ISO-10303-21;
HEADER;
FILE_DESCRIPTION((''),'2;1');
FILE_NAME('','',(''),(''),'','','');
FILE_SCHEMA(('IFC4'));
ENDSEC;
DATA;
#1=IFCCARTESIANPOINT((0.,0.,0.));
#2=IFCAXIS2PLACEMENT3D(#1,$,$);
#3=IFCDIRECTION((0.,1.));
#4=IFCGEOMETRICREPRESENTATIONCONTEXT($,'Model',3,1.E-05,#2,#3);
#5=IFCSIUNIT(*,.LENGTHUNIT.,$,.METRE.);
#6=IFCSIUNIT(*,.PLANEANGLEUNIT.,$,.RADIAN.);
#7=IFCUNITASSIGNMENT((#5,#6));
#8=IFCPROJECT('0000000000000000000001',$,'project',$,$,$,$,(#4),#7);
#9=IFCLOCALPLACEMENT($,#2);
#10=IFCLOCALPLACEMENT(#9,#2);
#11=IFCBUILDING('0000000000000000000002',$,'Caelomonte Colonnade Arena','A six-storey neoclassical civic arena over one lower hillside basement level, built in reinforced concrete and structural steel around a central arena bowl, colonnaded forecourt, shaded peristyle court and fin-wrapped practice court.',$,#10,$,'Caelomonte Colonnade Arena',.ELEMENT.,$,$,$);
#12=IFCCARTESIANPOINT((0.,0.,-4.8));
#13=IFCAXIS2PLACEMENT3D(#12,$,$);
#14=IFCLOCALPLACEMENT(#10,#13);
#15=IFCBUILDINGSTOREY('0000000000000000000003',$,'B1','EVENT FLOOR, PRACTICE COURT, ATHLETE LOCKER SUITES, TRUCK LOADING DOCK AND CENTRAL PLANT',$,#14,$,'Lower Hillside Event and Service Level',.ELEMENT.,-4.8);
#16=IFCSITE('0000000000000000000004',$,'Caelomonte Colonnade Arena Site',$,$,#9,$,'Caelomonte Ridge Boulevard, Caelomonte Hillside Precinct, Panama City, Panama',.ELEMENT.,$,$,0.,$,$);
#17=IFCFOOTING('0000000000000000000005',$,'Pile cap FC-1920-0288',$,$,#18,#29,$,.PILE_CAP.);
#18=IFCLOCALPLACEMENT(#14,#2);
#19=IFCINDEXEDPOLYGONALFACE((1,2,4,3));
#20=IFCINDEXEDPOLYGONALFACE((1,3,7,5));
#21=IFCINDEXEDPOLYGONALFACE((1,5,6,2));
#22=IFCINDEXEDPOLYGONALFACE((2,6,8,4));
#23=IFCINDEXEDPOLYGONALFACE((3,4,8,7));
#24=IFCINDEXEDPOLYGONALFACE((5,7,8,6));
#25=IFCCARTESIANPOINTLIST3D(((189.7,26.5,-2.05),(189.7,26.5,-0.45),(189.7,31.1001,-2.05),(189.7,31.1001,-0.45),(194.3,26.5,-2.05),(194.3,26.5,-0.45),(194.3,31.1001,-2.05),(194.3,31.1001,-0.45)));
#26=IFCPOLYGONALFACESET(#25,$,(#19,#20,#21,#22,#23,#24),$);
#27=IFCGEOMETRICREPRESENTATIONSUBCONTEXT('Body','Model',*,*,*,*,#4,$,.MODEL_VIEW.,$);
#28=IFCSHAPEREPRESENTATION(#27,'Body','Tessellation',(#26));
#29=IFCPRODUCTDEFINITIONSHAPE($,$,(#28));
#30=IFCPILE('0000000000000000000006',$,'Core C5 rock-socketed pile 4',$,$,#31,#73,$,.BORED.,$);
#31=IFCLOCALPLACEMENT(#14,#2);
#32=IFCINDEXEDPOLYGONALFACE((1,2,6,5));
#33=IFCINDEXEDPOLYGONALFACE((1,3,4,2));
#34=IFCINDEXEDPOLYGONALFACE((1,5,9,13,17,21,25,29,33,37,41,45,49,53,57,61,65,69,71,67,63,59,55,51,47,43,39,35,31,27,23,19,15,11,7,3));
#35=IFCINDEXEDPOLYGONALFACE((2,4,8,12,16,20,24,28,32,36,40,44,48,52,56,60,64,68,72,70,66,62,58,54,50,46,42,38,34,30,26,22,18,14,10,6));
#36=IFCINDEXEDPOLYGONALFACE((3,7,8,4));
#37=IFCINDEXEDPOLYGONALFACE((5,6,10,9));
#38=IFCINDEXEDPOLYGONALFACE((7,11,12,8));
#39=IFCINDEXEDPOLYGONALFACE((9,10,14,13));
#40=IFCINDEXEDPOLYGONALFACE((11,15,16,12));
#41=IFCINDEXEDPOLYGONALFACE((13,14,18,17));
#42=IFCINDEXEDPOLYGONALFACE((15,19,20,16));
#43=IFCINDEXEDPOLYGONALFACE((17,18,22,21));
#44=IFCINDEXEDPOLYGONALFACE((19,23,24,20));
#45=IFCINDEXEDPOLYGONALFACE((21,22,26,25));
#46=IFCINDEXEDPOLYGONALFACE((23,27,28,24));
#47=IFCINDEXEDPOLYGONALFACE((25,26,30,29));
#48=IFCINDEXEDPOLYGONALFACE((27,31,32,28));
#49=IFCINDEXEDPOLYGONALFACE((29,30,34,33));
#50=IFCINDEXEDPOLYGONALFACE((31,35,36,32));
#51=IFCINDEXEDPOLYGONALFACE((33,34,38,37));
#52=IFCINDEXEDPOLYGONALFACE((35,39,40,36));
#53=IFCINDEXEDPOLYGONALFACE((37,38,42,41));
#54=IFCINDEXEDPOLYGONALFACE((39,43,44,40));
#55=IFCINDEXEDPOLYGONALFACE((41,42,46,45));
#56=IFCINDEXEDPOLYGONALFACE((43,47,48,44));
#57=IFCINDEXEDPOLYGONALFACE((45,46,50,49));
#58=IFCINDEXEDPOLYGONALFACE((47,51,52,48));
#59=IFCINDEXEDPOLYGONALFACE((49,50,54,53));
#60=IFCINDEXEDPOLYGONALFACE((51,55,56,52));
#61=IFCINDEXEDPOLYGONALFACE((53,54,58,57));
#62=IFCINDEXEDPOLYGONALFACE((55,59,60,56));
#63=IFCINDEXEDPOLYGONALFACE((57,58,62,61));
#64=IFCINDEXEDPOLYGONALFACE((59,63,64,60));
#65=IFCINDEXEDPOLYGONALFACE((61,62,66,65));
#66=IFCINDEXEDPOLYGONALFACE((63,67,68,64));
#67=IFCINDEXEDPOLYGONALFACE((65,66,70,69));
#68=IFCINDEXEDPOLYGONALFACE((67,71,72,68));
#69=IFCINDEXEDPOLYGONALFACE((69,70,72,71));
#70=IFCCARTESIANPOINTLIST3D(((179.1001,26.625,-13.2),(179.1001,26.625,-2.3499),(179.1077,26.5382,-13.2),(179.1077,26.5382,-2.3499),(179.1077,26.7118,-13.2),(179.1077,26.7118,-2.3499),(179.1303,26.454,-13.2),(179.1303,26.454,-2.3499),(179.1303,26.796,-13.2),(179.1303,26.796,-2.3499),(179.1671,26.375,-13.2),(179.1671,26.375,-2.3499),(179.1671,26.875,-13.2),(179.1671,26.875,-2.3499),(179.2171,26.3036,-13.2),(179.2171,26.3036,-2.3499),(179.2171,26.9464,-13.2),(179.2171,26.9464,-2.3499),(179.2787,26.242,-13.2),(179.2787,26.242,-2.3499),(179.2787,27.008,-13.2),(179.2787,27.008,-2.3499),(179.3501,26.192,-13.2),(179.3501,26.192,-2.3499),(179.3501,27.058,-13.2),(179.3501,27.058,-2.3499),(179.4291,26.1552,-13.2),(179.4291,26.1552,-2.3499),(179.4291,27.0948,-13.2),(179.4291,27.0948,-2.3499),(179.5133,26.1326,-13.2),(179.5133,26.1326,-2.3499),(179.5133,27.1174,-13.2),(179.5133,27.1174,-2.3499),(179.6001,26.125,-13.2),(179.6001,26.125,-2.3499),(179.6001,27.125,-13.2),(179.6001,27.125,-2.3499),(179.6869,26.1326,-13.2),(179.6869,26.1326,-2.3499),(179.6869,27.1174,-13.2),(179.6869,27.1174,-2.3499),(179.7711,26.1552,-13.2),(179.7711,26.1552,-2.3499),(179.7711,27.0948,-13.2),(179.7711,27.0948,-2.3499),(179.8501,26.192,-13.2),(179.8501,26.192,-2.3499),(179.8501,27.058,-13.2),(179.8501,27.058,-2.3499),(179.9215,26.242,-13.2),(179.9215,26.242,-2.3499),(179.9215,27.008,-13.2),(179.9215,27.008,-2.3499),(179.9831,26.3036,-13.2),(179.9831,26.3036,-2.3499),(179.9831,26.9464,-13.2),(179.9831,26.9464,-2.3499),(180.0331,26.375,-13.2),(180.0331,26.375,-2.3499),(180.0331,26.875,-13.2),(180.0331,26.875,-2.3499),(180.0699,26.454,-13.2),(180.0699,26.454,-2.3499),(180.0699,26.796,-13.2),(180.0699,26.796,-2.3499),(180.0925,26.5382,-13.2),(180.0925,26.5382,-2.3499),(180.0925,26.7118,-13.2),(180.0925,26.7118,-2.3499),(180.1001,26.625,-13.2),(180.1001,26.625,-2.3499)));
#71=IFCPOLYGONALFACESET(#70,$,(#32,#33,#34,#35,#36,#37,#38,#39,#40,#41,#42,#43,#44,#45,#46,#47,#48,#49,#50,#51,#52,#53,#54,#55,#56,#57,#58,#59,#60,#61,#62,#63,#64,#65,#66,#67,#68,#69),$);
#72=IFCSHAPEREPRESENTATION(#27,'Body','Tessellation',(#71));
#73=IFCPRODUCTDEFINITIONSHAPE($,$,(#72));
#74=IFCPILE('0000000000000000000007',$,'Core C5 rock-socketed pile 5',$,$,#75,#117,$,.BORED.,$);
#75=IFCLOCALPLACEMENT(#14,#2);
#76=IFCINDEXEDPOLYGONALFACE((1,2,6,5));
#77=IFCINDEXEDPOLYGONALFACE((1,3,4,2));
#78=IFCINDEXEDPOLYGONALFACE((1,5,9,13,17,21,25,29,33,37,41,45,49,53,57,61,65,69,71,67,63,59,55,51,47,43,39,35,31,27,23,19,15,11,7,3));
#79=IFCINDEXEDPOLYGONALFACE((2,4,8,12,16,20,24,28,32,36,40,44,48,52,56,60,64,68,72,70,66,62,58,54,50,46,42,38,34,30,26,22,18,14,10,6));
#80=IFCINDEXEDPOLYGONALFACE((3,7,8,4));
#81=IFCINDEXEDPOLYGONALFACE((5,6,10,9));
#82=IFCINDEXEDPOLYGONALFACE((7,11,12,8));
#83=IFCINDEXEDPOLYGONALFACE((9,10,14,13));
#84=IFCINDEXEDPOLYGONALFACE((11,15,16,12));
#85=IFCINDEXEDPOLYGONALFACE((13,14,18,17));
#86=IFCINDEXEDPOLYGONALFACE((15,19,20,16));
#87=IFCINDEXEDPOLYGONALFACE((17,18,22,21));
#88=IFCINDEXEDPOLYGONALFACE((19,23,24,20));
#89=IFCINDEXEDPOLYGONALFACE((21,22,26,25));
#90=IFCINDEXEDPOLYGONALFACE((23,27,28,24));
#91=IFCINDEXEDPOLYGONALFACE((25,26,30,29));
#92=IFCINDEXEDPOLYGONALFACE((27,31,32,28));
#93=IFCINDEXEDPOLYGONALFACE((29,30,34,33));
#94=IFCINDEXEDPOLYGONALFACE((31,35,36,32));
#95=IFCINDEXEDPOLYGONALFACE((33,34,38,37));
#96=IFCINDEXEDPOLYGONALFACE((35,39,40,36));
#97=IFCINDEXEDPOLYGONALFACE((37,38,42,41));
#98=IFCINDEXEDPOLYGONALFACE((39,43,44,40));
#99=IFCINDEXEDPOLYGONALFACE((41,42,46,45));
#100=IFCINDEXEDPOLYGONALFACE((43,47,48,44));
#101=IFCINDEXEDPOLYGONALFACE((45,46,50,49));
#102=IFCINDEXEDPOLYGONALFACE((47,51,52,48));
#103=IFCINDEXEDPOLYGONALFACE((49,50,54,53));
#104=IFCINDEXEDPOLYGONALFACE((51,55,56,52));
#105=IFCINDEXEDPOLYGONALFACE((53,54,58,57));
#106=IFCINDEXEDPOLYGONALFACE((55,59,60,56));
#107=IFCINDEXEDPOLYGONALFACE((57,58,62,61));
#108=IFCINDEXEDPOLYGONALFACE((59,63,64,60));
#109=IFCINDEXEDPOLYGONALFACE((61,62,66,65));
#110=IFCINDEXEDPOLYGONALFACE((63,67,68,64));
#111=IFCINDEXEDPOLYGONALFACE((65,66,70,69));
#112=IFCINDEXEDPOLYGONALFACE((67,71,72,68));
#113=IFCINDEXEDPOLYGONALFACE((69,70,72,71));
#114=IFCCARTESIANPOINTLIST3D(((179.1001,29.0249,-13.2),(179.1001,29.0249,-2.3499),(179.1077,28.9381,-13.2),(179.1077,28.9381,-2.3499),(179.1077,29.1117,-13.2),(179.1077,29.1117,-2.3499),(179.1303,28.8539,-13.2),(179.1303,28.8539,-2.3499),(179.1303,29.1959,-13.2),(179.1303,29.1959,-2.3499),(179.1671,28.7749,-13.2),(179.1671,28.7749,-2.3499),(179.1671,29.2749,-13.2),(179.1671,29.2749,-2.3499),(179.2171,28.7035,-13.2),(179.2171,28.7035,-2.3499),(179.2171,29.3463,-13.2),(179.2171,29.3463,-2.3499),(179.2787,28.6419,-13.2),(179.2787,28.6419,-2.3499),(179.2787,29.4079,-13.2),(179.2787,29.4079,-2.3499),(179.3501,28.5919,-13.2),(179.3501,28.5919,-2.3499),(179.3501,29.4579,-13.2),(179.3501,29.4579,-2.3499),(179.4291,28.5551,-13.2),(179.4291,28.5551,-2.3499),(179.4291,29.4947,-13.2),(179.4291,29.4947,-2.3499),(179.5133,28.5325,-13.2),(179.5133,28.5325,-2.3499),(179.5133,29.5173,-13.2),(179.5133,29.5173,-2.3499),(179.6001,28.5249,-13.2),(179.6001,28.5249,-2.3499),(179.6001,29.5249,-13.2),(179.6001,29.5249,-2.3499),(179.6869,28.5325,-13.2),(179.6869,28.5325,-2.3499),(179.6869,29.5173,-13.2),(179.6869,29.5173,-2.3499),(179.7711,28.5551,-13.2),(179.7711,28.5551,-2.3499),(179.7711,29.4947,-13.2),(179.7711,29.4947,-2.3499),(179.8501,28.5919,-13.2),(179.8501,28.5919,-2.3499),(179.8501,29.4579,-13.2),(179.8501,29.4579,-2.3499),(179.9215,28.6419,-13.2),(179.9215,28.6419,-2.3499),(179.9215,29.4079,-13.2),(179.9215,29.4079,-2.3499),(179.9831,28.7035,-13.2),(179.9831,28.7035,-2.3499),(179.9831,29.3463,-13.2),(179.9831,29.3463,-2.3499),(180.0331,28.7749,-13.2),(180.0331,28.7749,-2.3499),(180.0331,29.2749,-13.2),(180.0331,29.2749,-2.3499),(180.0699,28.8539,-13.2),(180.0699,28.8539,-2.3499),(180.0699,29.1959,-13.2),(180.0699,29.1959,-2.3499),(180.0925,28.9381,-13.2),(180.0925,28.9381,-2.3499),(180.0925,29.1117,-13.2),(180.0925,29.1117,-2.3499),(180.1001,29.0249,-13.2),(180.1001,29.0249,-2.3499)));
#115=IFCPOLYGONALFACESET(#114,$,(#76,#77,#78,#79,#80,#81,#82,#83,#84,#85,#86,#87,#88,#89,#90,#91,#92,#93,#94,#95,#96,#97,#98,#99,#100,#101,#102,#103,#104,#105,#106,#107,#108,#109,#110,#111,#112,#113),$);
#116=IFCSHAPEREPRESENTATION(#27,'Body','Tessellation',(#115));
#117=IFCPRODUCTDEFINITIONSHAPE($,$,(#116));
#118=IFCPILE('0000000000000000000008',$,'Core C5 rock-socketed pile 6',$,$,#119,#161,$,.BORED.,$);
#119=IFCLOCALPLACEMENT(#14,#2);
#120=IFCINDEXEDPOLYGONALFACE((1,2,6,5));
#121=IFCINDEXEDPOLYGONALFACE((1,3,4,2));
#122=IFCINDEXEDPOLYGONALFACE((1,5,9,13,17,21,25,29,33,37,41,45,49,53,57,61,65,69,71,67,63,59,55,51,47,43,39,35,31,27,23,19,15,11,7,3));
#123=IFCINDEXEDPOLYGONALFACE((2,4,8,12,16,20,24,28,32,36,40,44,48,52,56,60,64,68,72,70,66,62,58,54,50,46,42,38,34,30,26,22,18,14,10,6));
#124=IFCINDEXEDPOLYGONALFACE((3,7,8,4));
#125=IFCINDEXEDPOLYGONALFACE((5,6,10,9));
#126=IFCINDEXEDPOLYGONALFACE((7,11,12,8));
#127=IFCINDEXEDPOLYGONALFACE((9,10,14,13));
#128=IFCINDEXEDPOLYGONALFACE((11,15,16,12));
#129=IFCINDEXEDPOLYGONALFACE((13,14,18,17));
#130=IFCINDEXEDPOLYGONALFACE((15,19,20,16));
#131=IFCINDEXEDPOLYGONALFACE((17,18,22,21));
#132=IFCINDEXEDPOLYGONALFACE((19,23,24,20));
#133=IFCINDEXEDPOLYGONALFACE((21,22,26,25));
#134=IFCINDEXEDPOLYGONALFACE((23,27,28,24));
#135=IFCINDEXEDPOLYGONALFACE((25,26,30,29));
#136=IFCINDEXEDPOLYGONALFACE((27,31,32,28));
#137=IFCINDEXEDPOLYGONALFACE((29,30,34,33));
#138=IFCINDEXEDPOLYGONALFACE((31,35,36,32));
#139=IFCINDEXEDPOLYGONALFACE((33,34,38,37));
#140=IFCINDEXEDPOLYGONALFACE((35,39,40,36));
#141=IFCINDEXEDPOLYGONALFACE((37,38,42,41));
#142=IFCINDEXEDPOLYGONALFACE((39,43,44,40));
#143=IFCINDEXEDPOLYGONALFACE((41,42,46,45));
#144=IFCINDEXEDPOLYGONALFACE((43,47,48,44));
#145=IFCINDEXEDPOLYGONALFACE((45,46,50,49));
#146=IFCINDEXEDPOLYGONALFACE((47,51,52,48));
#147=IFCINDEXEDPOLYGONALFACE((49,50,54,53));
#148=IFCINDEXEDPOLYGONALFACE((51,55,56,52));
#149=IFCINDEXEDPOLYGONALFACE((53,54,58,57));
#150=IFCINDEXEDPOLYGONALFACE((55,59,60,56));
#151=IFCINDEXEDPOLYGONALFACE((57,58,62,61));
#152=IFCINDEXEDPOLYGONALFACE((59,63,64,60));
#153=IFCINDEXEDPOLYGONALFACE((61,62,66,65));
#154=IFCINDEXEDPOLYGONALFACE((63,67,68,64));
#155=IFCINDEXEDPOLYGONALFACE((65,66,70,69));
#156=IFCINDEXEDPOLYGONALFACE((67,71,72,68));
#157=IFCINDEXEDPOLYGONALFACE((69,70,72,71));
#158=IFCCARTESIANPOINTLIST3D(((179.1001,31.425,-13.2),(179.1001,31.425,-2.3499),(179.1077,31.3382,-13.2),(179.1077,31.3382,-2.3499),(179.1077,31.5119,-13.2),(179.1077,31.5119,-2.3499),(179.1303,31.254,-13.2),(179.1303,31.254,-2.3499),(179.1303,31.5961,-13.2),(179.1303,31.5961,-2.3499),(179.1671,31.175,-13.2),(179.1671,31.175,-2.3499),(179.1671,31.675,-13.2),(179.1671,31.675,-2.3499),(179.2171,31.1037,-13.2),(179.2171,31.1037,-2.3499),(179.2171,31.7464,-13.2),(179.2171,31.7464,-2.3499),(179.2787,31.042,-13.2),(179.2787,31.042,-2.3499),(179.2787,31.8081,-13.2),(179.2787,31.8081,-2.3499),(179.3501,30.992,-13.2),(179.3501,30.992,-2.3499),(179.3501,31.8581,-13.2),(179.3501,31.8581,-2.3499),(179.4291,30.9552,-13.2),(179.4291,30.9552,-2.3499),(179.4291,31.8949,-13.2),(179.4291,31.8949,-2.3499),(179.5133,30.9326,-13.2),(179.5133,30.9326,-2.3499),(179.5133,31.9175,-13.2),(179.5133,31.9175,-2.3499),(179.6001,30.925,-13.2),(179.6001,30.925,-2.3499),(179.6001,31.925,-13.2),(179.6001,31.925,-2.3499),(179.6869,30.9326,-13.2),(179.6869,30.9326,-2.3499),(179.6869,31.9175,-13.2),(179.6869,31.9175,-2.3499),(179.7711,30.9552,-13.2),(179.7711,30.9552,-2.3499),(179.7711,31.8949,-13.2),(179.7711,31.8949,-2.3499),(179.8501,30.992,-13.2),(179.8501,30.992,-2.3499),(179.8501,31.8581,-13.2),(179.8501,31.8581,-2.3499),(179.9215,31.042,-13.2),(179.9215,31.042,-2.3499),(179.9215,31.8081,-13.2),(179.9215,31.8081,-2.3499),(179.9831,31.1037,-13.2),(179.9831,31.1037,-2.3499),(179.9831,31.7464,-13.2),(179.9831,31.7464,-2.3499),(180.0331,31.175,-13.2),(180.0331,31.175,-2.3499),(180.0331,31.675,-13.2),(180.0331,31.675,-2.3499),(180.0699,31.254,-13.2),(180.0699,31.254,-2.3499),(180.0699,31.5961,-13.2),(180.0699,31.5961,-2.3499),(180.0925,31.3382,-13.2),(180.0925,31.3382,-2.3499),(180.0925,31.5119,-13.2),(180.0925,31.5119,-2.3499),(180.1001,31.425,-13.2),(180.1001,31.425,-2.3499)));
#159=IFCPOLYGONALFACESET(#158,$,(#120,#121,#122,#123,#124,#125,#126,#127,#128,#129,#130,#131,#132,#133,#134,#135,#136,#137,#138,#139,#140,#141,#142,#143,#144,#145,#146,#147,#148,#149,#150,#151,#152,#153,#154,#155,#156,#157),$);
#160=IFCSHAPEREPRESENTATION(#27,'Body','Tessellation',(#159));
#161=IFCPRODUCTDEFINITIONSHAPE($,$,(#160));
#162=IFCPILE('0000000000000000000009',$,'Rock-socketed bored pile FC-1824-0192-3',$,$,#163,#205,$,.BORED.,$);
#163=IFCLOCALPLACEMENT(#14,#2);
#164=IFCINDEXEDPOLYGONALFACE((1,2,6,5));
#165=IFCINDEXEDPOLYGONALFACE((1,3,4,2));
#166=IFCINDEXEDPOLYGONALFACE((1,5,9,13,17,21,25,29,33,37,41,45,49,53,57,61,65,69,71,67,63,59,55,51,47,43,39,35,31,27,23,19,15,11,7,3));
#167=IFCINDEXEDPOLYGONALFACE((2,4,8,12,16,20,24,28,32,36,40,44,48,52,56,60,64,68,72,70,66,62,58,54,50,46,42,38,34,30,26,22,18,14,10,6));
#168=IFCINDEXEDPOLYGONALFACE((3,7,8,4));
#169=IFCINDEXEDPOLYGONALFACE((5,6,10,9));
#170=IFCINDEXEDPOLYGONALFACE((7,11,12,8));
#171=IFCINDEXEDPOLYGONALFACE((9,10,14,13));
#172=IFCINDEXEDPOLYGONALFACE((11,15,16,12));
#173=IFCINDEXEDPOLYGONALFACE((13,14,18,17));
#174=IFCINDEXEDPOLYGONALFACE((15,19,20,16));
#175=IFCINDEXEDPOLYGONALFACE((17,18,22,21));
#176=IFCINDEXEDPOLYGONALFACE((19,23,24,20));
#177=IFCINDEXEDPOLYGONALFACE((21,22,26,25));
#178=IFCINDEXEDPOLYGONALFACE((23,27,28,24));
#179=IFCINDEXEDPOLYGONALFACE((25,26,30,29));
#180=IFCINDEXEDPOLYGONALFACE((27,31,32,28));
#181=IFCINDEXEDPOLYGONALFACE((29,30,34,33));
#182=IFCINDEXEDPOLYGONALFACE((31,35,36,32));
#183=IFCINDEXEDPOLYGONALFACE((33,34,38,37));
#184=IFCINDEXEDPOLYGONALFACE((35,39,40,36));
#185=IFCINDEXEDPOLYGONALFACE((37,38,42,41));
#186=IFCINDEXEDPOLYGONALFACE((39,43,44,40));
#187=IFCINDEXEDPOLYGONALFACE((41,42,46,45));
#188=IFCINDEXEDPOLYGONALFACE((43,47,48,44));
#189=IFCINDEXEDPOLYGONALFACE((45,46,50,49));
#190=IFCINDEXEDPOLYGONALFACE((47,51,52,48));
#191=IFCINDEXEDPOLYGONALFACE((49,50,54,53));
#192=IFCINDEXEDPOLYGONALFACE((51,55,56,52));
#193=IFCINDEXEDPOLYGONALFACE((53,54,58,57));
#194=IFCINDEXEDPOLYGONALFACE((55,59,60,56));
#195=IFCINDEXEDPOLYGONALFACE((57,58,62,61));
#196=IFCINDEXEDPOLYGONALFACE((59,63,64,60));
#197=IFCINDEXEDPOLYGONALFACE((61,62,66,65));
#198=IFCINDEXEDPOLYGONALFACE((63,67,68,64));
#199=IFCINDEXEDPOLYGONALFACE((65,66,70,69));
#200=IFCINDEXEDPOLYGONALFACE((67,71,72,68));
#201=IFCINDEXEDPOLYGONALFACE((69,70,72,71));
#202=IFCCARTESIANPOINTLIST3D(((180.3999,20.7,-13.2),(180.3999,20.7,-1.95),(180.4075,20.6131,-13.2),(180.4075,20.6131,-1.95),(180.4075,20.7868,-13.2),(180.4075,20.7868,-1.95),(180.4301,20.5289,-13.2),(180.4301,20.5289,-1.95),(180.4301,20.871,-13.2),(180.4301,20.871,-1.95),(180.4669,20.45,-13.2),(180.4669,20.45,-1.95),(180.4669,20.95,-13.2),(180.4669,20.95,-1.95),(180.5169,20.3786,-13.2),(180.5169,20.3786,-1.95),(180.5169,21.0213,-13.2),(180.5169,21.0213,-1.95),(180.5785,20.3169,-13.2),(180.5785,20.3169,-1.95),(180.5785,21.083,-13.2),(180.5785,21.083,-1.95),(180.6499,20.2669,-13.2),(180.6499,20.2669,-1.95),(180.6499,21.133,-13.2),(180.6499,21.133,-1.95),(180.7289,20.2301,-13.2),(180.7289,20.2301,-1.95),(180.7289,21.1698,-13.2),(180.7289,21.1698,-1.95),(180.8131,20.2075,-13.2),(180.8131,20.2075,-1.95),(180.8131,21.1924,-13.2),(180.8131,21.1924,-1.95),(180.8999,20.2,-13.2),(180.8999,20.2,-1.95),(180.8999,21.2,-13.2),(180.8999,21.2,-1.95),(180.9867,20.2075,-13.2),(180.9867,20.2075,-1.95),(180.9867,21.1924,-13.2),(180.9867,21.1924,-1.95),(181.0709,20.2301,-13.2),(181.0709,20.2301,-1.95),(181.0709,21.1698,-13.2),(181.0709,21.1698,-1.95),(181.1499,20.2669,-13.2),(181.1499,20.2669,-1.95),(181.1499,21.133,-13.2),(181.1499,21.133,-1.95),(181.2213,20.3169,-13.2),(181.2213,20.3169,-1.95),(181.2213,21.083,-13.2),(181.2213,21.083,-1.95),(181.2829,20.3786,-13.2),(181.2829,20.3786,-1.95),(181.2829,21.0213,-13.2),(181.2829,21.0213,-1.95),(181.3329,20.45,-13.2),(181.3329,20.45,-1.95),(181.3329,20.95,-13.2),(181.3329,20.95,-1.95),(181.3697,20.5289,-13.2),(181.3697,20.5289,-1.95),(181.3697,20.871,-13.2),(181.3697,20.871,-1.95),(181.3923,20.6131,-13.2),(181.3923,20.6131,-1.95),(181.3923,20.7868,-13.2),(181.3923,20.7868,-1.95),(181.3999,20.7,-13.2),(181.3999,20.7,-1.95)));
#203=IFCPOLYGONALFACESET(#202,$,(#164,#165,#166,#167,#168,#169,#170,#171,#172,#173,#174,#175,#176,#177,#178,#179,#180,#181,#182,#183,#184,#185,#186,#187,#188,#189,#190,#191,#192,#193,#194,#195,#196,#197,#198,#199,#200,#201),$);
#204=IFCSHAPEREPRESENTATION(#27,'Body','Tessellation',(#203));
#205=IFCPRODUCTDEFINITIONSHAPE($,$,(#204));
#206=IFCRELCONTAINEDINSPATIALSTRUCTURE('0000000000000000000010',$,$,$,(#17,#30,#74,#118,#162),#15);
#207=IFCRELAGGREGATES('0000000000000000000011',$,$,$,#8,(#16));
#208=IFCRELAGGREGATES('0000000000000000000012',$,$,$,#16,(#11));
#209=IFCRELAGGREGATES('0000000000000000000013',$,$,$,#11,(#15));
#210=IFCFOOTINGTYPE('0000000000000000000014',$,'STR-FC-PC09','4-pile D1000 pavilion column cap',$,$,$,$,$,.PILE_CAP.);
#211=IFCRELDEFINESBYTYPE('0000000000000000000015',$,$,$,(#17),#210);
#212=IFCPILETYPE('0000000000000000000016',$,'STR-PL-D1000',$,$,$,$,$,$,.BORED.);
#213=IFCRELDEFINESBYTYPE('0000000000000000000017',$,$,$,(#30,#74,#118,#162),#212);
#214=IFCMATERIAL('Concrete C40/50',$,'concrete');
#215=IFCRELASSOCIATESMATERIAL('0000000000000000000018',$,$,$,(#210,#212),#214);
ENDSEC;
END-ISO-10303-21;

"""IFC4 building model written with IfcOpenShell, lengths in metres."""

from ifc_helpers import new_model, si_unit, direction, frame, origin, origin_2d, place, context, subcontext, project, spatial, rectangle, circle, extrude, material, material_profile, profile_set, type_object, element, save


model = new_model("IFC4")

# Units and contexts
model_context = context("Model", 3, precision=1e-05, world=origin(), true_north=direction((0.0, 1.0)))
body_context = subcontext(model_context, "Body", "Model", "MODEL_VIEW")
ifc_project = project(units=[si_unit("LENGTHUNIT", "METRE"), si_unit("PLANEANGLEUNIT", "RADIAN")], contexts=[model_context])

# Site, building, storey
site_placement = place(None, origin())
site = spatial("IfcSite", under=ifc_project, at=site_placement, Name="Caelomonte Colonnade Arena Site", LongName="Caelomonte Ridge Boulevard, Caelomonte Hillside Precinct, Panama City, Panama", CompositionType="ELEMENT", RefElevation=0.0)
building_placement = place(site_placement, origin())
building = spatial("IfcBuilding", under=site, at=building_placement, Name="Caelomonte Colonnade Arena", Description="A six-storey neoclassical civic arena over one lower hillside basement level, built in reinforced concrete and structural steel around a central arena bowl, colonnaded forecourt, shaded peristyle court and fin-wrapped practice court.", LongName="Caelomonte Colonnade Arena", CompositionType="ELEMENT")
storey_placement = place(building_placement, frame((0.0, 0.0, -4.8)))
storey = spatial("IfcBuildingStorey", under=building, at=storey_placement, Name="B1", Description="EVENT FLOOR, PRACTICE COURT, ATHLETE LOCKER SUITES, TRUCK LOADING DOCK AND CENTRAL PLANT", LongName="Lower Hillside Event and Service Level", CompositionType="ELEMENT", Elevation=-4.8)

# Footing
ifc_material_1 = material(Name="Concrete C40/50", Category="concrete")
footing_type = type_object("IfcFootingType", Name="STR-FC-PC09", Description="4-pile D1000 pavilion column cap", PredefinedType="PILE_CAP", material=ifc_material_1)
footing_placement = place(storey_placement, frame((192.0, 28.8, -2.05), z_axis=(0.0, 0.0, 1.0), x_axis=(1.0, 0.0, 0.0)))
element("IfcFooting", 1, at=footing_placement, inside=storey, type_object=footing_type, Name="Pile cap FC-1920-0288", PredefinedType="PILE_CAP", context=body_context, shape_type="SweptSolid", body=[
    extrude(rectangle(XDim=4.6001, YDim=4.6001, at=origin_2d()), origin(), (0.0, 0.0, 1.0), 1.6001),
])

# Piles
ifc_material_profile_1 = material_profile(ifc_material_1, circle(Radius=0.5, at=origin_2d()), Name="PILE-D1000")
ifc_profile_set_1 = profile_set([ifc_material_profile_1], Name="Concrete C40/50")
pile_type = type_object("IfcPileType", Name="STR-PL-D1000", PredefinedType="BORED", material=ifc_profile_set_1)
for number, where, z_axis, x_axis, name in (
    (2, (179.6001, 26.625, -2.3499), (0.0, 0.0, -1.0), (1.0, 0.0, 0.0), "Core C5 rock-socketed pile 4"),
    (3, (179.6001, 29.0249, -2.3499), (0.0, 0.0, -1.0), (1.0, 0.0, 0.0), "Core C5 rock-socketed pile 5"),
    (4, (179.6001, 31.425, -2.3499), (0.0, 0.0, -1.0), (1.0, 0.0, 0.0), "Core C5 rock-socketed pile 6"),
):
    element("IfcPile", number, at=place(storey_placement, frame(where, z_axis=z_axis, x_axis=x_axis)), inside=storey, type_object=pile_type, Name=name, PredefinedType="BORED", context=body_context, shape_type="SweptSolid", body=[
        extrude(circle(Radius=0.5, at=origin_2d()), origin(), (0.0, 0.0, 1.0), 10.8501),
    ])
for number, where, z_axis, x_axis, name in (
    (5, (180.8999, 20.7, -1.95), (0.0, 0.0, -1.0), (1.0, 0.0, 0.0), "Rock-socketed bored pile FC-1824-0192-3"),
):
    element("IfcPile", number, at=place(storey_placement, frame(where, z_axis=z_axis, x_axis=x_axis)), inside=storey, type_object=pile_type, Name=name, PredefinedType="BORED", context=body_context, shape_type="SweptSolid", body=[
        extrude(circle(Radius=0.5, at=origin_2d()), origin(), (0.0, 0.0, 1.0), 11.25),
    ])

save(model, "model.ifc")
